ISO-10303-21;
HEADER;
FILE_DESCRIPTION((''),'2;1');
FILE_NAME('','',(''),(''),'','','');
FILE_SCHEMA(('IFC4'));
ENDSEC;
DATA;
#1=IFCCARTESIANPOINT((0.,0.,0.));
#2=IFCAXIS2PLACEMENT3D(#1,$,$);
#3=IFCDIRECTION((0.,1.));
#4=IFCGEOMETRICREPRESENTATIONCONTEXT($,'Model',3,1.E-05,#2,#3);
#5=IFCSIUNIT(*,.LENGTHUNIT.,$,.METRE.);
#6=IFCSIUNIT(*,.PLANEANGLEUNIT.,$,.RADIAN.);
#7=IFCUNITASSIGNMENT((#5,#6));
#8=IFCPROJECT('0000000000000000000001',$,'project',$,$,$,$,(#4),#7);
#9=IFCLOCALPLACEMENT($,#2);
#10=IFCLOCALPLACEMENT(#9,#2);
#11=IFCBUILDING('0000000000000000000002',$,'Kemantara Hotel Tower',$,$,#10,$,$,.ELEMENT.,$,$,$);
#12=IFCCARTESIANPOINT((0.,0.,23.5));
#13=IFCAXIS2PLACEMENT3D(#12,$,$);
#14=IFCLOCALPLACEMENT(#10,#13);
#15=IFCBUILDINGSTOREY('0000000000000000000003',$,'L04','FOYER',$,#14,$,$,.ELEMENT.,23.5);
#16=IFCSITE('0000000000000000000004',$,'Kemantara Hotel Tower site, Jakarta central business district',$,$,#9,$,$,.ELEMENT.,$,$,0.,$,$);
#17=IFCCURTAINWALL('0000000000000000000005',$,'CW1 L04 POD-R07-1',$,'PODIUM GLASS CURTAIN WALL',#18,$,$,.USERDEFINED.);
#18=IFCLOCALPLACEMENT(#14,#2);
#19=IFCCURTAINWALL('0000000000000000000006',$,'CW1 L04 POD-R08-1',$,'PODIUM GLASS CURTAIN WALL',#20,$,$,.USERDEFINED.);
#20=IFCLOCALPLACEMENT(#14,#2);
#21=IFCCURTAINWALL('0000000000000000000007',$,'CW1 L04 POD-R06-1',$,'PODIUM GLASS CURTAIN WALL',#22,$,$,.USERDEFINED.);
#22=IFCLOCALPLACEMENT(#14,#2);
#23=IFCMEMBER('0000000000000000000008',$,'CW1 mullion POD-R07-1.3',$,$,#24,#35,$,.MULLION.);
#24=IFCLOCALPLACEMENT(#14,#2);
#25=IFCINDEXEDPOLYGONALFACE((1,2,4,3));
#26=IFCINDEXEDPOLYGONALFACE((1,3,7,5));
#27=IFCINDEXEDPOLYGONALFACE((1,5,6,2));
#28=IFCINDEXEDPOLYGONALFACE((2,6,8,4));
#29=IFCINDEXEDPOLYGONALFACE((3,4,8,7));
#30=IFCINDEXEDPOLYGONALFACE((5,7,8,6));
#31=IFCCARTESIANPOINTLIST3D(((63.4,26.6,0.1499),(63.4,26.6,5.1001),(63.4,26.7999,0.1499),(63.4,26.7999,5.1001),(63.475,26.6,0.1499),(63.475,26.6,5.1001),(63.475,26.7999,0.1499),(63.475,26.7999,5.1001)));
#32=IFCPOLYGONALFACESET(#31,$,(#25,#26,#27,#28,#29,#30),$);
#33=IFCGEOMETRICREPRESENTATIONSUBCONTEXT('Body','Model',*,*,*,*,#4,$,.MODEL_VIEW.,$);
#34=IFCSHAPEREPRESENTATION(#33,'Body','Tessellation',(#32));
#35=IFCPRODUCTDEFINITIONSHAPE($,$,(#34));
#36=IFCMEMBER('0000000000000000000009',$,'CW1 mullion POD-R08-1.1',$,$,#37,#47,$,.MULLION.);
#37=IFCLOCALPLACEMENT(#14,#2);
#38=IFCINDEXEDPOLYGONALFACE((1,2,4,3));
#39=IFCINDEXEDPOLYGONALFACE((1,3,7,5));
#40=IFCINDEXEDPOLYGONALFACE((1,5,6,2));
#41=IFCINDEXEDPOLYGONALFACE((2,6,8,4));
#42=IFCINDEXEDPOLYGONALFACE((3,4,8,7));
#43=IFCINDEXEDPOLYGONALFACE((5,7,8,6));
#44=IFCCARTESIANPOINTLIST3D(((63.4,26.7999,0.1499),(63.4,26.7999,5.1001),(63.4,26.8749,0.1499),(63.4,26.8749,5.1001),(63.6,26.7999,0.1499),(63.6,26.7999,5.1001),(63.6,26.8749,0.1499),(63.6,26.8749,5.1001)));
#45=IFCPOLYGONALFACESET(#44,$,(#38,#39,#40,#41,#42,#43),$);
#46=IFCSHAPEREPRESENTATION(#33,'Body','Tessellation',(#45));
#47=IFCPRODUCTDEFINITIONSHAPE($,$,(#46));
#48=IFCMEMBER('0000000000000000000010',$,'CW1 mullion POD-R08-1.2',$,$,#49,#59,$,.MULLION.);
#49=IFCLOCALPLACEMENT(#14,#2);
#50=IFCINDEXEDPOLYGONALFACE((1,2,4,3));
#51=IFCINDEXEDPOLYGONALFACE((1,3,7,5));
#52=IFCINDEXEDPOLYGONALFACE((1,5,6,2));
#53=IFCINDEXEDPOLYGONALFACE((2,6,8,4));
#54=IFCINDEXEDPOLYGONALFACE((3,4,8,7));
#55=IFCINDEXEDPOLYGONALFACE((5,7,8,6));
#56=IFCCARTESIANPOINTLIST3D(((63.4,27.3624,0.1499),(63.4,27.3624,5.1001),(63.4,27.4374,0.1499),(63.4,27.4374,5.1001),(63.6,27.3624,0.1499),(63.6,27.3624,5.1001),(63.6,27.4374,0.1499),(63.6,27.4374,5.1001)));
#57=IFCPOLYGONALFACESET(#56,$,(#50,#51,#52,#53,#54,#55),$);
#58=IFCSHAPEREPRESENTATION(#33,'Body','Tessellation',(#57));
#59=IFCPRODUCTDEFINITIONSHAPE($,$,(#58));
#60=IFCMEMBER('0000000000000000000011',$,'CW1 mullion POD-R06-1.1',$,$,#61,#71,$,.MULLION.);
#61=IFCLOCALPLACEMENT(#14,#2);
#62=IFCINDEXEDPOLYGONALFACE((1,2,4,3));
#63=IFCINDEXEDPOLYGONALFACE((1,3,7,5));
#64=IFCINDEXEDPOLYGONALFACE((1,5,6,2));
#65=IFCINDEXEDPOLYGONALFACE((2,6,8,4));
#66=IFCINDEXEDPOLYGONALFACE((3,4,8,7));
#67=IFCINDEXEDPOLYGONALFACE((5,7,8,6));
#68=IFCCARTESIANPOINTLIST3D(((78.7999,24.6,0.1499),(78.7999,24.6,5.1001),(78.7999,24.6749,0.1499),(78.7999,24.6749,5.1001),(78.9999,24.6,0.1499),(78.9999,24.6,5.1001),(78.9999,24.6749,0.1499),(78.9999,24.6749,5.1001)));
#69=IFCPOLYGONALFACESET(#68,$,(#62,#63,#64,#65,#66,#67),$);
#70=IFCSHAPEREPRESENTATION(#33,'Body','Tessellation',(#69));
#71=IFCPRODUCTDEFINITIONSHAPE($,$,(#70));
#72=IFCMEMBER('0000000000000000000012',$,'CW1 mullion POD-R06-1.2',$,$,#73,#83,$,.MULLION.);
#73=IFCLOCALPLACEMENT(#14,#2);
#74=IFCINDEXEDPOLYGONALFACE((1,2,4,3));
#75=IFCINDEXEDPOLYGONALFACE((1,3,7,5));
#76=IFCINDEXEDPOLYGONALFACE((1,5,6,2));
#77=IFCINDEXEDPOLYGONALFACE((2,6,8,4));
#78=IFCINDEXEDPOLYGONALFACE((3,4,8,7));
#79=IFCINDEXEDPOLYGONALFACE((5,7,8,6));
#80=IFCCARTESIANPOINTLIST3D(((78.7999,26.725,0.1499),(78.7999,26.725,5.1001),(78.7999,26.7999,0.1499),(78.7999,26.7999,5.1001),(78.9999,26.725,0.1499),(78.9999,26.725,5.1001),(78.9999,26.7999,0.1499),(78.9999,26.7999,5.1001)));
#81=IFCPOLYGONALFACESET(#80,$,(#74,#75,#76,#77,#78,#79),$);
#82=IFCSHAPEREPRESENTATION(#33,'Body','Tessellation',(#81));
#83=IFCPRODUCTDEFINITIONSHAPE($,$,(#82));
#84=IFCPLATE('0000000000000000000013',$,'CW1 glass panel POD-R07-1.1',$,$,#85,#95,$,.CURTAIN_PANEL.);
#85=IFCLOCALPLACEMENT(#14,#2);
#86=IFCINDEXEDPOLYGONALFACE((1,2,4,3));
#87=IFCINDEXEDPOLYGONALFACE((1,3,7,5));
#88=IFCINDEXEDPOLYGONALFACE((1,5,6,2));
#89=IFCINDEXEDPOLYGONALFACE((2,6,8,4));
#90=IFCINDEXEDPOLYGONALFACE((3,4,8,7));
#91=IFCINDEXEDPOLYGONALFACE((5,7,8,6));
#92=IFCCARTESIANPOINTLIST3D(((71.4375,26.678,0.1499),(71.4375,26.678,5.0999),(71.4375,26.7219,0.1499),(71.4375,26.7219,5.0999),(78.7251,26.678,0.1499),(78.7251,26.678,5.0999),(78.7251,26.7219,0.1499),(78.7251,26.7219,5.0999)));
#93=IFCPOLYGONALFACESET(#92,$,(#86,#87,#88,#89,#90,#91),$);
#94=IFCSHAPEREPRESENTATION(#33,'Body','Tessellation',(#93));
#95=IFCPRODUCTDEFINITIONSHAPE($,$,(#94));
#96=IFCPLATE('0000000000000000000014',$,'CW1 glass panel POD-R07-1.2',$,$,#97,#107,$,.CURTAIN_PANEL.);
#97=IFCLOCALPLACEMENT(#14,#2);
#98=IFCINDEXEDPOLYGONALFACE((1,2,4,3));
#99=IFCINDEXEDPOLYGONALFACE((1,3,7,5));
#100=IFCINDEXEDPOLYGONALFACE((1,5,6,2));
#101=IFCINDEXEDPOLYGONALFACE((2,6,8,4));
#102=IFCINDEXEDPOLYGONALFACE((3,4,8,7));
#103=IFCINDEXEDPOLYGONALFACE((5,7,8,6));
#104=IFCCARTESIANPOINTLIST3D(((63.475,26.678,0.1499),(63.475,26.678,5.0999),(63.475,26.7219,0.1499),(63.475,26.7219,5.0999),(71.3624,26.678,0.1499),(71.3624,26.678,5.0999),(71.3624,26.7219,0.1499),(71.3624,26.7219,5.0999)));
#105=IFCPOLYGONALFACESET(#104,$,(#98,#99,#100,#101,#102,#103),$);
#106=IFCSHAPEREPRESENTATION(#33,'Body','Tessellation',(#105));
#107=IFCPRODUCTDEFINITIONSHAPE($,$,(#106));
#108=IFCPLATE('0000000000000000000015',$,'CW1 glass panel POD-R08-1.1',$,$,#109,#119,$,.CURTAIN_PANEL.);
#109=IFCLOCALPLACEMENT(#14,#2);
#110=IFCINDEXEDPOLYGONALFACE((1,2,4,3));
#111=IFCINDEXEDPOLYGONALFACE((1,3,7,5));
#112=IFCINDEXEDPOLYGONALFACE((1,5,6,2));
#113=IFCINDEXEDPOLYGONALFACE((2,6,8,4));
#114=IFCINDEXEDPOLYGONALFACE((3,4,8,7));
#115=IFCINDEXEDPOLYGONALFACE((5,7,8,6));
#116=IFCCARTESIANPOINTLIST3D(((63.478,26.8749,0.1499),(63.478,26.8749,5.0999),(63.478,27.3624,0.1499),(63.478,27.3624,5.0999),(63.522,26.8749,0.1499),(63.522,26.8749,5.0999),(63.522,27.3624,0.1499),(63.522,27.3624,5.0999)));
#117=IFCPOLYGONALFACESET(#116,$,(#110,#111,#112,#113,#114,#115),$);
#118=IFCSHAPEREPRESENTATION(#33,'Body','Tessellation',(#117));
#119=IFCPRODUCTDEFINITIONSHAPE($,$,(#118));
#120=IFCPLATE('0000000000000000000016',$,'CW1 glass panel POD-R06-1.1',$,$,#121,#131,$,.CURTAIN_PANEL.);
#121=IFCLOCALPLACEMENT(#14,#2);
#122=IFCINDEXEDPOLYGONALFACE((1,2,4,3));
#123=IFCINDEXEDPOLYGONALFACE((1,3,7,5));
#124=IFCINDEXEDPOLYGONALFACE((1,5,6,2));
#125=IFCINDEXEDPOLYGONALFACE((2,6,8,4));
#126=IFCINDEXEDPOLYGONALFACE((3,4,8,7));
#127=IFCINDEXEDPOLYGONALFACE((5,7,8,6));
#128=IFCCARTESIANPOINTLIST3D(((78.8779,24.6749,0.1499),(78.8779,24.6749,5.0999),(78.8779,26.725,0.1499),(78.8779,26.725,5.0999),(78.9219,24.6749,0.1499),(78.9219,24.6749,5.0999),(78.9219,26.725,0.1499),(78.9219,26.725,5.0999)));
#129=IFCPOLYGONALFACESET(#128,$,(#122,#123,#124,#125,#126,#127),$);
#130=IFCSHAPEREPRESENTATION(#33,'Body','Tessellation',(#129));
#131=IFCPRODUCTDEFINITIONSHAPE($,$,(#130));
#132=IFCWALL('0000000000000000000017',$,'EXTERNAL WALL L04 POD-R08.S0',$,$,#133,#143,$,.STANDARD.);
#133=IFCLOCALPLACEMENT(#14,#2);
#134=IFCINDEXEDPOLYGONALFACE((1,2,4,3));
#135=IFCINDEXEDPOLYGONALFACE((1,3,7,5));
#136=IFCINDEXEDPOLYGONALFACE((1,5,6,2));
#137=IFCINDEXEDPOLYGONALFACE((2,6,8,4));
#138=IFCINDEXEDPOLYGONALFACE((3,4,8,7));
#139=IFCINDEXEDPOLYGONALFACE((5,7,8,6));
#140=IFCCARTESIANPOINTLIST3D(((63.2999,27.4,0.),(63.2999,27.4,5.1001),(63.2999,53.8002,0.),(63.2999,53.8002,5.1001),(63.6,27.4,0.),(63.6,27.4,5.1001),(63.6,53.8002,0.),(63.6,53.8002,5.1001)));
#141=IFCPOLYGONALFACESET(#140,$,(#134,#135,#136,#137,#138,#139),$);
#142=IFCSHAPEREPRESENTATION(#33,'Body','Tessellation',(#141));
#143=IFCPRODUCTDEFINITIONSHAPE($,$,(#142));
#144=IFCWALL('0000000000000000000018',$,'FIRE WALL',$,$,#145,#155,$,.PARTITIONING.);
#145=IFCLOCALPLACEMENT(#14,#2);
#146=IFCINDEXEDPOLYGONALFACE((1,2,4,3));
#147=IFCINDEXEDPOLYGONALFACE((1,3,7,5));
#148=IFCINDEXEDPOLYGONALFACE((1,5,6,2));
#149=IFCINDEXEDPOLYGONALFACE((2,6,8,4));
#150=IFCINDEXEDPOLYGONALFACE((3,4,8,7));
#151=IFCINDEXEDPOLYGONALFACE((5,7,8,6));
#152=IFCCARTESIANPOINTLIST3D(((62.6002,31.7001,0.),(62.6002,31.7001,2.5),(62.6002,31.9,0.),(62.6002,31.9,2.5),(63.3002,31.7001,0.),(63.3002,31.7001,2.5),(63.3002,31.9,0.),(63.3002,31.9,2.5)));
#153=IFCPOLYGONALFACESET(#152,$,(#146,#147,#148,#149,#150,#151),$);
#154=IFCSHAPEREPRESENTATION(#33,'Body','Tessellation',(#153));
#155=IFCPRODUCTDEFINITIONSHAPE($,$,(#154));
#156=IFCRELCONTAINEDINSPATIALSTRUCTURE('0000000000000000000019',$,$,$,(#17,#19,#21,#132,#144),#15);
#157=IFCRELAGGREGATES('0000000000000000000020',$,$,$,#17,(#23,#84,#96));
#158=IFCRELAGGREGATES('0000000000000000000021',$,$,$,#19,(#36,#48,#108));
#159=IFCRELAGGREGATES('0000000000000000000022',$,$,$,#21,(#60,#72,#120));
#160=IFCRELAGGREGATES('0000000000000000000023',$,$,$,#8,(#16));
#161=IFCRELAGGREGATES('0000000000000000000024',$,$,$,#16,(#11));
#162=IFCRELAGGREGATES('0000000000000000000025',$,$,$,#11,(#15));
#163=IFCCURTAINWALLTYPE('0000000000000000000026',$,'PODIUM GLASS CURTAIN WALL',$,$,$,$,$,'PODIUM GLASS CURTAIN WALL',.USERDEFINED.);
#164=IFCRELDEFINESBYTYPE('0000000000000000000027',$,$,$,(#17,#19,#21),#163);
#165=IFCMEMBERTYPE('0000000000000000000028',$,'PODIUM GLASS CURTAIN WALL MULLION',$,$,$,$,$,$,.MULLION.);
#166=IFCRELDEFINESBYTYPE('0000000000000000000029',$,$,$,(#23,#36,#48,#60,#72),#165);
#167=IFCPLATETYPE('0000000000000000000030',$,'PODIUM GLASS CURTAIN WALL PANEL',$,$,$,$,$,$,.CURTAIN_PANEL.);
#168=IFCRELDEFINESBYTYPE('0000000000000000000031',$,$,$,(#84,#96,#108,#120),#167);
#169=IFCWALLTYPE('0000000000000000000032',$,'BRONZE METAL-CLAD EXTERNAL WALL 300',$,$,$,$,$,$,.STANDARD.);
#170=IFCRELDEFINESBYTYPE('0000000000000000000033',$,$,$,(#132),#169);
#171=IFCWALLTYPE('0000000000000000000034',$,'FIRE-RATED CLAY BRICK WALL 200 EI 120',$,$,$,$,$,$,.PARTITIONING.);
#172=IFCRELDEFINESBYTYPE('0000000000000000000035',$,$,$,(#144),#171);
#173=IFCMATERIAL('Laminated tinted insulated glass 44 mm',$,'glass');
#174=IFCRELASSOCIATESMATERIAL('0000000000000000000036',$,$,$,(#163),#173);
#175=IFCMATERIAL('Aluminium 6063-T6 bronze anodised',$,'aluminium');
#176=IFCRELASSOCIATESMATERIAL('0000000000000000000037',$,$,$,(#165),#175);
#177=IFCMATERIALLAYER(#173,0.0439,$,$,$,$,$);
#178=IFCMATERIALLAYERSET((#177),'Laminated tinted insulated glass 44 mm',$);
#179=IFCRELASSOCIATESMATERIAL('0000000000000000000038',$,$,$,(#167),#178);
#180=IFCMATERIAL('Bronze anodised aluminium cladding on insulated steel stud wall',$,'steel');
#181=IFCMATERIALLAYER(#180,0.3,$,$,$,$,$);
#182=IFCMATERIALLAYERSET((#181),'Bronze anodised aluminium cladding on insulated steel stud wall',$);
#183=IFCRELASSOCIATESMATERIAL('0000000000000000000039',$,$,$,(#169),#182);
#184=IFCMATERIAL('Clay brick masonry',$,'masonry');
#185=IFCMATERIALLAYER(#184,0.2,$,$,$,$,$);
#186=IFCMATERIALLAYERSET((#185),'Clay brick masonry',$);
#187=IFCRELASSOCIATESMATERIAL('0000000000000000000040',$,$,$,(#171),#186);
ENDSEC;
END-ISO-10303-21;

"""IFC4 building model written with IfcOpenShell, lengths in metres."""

from ifc_helpers import new_model, si_unit, direction, frame, frame_2d, origin, origin_2d, place, context, subcontext, project, spatial, rectangle, extrude, source, transform, mapped, material, layer, layer_set, material_profile, profile_set, type_object, element, aggregate, save


model = new_model("IFC4")

# Units and contexts
model_context = context("Model", 3, precision=1e-05, world=origin(), true_north=direction((0.0, 1.0)))
body_context = subcontext(model_context, "Body", "Model", "MODEL_VIEW")
ifc_project = project(units=[si_unit("LENGTHUNIT", "METRE"), si_unit("PLANEANGLEUNIT", "RADIAN")], contexts=[model_context])

# Site, building, storey
site_placement = place(None, origin())
site = spatial("IfcSite", under=ifc_project, at=site_placement, Name="Kemantara Hotel Tower site, Jakarta central business district", CompositionType="ELEMENT", RefElevation=0.0)
building_placement = place(site_placement, origin())
building = spatial("IfcBuilding", under=site, at=building_placement, Name="Kemantara Hotel Tower", CompositionType="ELEMENT")
storey_placement = place(building_placement, frame((0.0, 0.0, 23.5)))
storey = spatial("IfcBuildingStorey", under=building, at=storey_placement, Name="L04", Description="FOYER", CompositionType="ELEMENT", Elevation=23.5)

# Curtain walls
ifc_material_1 = material(Name="Laminated tinted insulated glass 44 mm", Category="glass")
curtain_wall_type = type_object("IfcCurtainWallType", Name="PODIUM GLASS CURTAIN WALL", ElementType="PODIUM GLASS CURTAIN WALL", PredefinedType="USERDEFINED", material=ifc_material_1)
curtain_wall_1_placement = place(storey_placement, origin())
curtain_wall_1 = element("IfcCurtainWall", 1, at=curtain_wall_1_placement, inside=storey, type_object=curtain_wall_type, Name="CW1 L04 POD-R07-1", ObjectType="PODIUM GLASS CURTAIN WALL", PredefinedType="USERDEFINED")
ifc_material_2 = material(Name="Aluminium 6063-T6 bronze anodised", Category="aluminium")
curtain_wall_2_placement = place(storey_placement, origin())
curtain_wall_2 = element("IfcCurtainWall", 2, at=curtain_wall_2_placement, inside=storey, type_object=curtain_wall_type, Name="CW1 L04 POD-R08-1", ObjectType="PODIUM GLASS CURTAIN WALL", PredefinedType="USERDEFINED")
curtain_wall_3_placement = place(storey_placement, origin())
curtain_wall_3 = element("IfcCurtainWall", 3, at=curtain_wall_3_placement, inside=storey, type_object=curtain_wall_type, Name="CW1 L04 POD-R06-1", ObjectType="PODIUM GLASS CURTAIN WALL", PredefinedType="USERDEFINED")

# Members
ifc_material_profile_1 = material_profile(ifc_material_2, rectangle(XDim=0.2, YDim=0.075, at=origin_2d()), Name="PODIUM GLASS CURTAIN WALL MULLION")
ifc_profile_set_1 = profile_set([ifc_material_profile_1], Name="Aluminium 6063-T6 bronze anodised")
member_type_1 = type_object("IfcMemberType", Name="PODIUM GLASS CURTAIN WALL MULLION", PredefinedType="MULLION", material=ifc_profile_set_1)
shared_shape_1 = source(origin(), body_context, "Body", "SweptSolid", [
    extrude(rectangle(XDim=0.2, YDim=0.075, at=origin_2d()), origin(), (0.0, 0.0, 1.0), 4.9502),
])
member_1_placement = place(storey_placement, frame((63.4375, 26.7, 0.1499), z_axis=(0.0, 0.0, 1.0), x_axis=(0.0, -1.0, 0.0)))
member_1 = element("IfcMember", 4, at=member_1_placement, type_object=member_type_1, Name="CW1 mullion POD-R07-1.3", PredefinedType="MULLION", context=body_context, shape_type="MappedRepresentation", body=[
    mapped(shared_shape_1, transform((0.0, 0.0, 0.0))),
])
member_2_placement = place(storey_placement, frame((63.5, 26.8374, 0.1499), z_axis=(0.0, 0.0, 1.0), x_axis=(-1.0, 0.0, 0.0)))
member_2 = element("IfcMember", 5, at=member_2_placement, type_object=member_type_1, Name="CW1 mullion POD-R08-1.1", PredefinedType="MULLION", context=body_context, shape_type="MappedRepresentation", body=[
    mapped(shared_shape_1, transform((0.0, 0.0, 0.0))),
])
member_3_placement = place(storey_placement, frame((63.5, 27.3999, 0.1499), z_axis=(0.0, 0.0, 1.0), x_axis=(-1.0, 0.0, 0.0)))
member_3 = element("IfcMember", 6, at=member_3_placement, type_object=member_type_1, Name="CW1 mullion POD-R08-1.2", PredefinedType="MULLION", context=body_context, shape_type="MappedRepresentation", body=[
    mapped(shared_shape_1, transform((0.0, 0.0, 0.0))),
])
member_4_placement = place(storey_placement, frame((78.8999, 24.6375, 0.1499), z_axis=(0.0, 0.0, 1.0), x_axis=(-1.0, 0.0, 0.0)))
member_4 = element("IfcMember", 7, at=member_4_placement, type_object=member_type_1, Name="CW1 mullion POD-R06-1.1", PredefinedType="MULLION", context=body_context, shape_type="MappedRepresentation", body=[
    mapped(shared_shape_1, transform((0.0, 0.0, 0.0))),
])
member_5_placement = place(storey_placement, frame((78.8999, 26.7625, 0.1499), z_axis=(0.0, 0.0, 1.0), x_axis=(-1.0, 0.0, 0.0)))
member_5 = element("IfcMember", 8, at=member_5_placement, type_object=member_type_1, Name="CW1 mullion POD-R06-1.2", PredefinedType="MULLION", context=body_context, shape_type="MappedRepresentation", body=[
    mapped(shared_shape_1, transform((0.0, 0.0, 0.0))),
])

# Plates
ifc_layer_1 = layer(ifc_material_1, 0.0439)
ifc_layer_set_1 = layer_set([ifc_layer_1], Name="Laminated tinted insulated glass 44 mm")
plate_type = type_object("IfcPlateType", Name="PODIUM GLASS CURTAIN WALL PANEL", PredefinedType="CURTAIN_PANEL", material=ifc_layer_set_1)
shared_shape_2 = source(origin(), body_context, "Body", "SweptSolid", [
    extrude(rectangle(XDim=7.2876, YDim=0.0439, at=origin_2d()), origin(), (0.0, 0.0, 1.0), 4.95),
])
plate_1_placement = place(storey_placement, frame((75.0813, 26.7, 0.1499), z_axis=(0.0, 0.0, 1.0), x_axis=(-1.0, 0.0, 0.0)))
plate_1 = element("IfcPlate", 9, at=plate_1_placement, type_object=plate_type, Name="CW1 glass panel POD-R07-1.1", PredefinedType="CURTAIN_PANEL", context=body_context, shape_type="MappedRepresentation", body=[
    mapped(shared_shape_2, transform((0.0, 0.0, 0.0))),
])
shared_shape_3 = source(origin(), body_context, "Body", "SweptSolid", [
    extrude(rectangle(XDim=7.8875, YDim=0.0439, at=origin_2d()), origin(), (0.0, 0.0, 1.0), 4.95),
])
plate_2_placement = place(storey_placement, frame((67.4187, 26.7, 0.1499), z_axis=(0.0, 0.0, 1.0), x_axis=(-1.0, 0.0, 0.0)))
plate_2 = element("IfcPlate", 10, at=plate_2_placement, type_object=plate_type, Name="CW1 glass panel POD-R07-1.2", PredefinedType="CURTAIN_PANEL", context=body_context, shape_type="MappedRepresentation", body=[
    mapped(shared_shape_3, transform((0.0, 0.0, 0.0))),
])
aggregate(curtain_wall_1, [member_1, plate_1, plate_2])
shared_shape_4 = source(origin(), body_context, "Body", "SweptSolid", [
    extrude(rectangle(XDim=0.4875, YDim=0.0439, at=origin_2d()), origin(), (0.0, 0.0, 1.0), 4.95),
])
plate_3_placement = place(storey_placement, frame((63.5, 27.1187, 0.1499), z_axis=(0.0, 0.0, 1.0), x_axis=(0.0, 1.0, 0.0)))
plate_3 = element("IfcPlate", 11, at=plate_3_placement, type_object=plate_type, Name="CW1 glass panel POD-R08-1.1", PredefinedType="CURTAIN_PANEL", context=body_context, shape_type="MappedRepresentation", body=[
    mapped(shared_shape_4, transform((0.0, 0.0, 0.0))),
])
aggregate(curtain_wall_2, [member_2, member_3, plate_3])
shared_shape_5 = source(origin(), body_context, "Body", "SweptSolid", [
    extrude(rectangle(XDim=2.05, YDim=0.0439, at=origin_2d()), origin(), (0.0, 0.0, 1.0), 4.95),
])
plate_4_placement = place(storey_placement, frame((78.8999, 25.7, 0.1499), z_axis=(0.0, 0.0, 1.0), x_axis=(0.0, 1.0, 0.0)))
plate_4 = element("IfcPlate", 12, at=plate_4_placement, type_object=plate_type, Name="CW1 glass panel POD-R06-1.1", PredefinedType="CURTAIN_PANEL", context=body_context, shape_type="MappedRepresentation", body=[
    mapped(shared_shape_5, transform((0.0, 0.0, 0.0))),
])
aggregate(curtain_wall_3, [member_4, member_5, plate_4])

# Walls
ifc_material_3 = material(Name="Bronze anodised aluminium cladding on insulated steel stud wall", Category="steel")
ifc_layer_2 = layer(ifc_material_3, 0.3)
ifc_layer_set_2 = layer_set([ifc_layer_2], Name="Bronze anodised aluminium cladding on insulated steel stud wall")
wall_type_1 = type_object("IfcWallType", Name="BRONZE METAL-CLAD EXTERNAL WALL 300", PredefinedType="STANDARD", material=ifc_layer_set_2)
wall_1_placement = place(storey_placement, frame((63.45, 27.3999, 0.0), z_axis=(0.0, 0.0, 1.0), x_axis=(0.0, 1.0, 0.0)))
element("IfcWall", 13, at=wall_1_placement, inside=storey, type_object=wall_type_1, Name="EXTERNAL WALL L04 POD-R08.S0", PredefinedType="STANDARD", context=body_context, shape_type="SweptSolid", body=[
    extrude(rectangle(XDim=26.4001, YDim=0.3, at=frame_2d((13.2002, 0.0))), origin(), (0.0, 0.0, 1.0), 5.1001),
])
ifc_material_4 = material(Name="Clay brick masonry", Category="masonry")
ifc_layer_3 = layer(ifc_material_4, 0.2)
ifc_layer_set_3 = layer_set([ifc_layer_3], Name="Clay brick masonry")
wall_type_2 = type_object("IfcWallType", Name="FIRE-RATED CLAY BRICK WALL 200 EI 120", PredefinedType="PARTITIONING", material=ifc_layer_set_3)
wall_2_placement = place(storey_placement, frame((62.6001, 31.8, 0.0), z_axis=(0.0, 0.0, 1.0), x_axis=(1.0, 0.0, 0.0)))
element("IfcWall", 14, at=wall_2_placement, inside=storey, type_object=wall_type_2, Name="FIRE WALL", PredefinedType="PARTITIONING", context=body_context, shape_type="SweptSolid", body=[
    extrude(rectangle(XDim=0.7, YDim=0.2, at=frame_2d((0.3501, 0.0))), origin(), (0.0, 0.0, 1.0), 2.5),
])

save(model, "model.ifc")
